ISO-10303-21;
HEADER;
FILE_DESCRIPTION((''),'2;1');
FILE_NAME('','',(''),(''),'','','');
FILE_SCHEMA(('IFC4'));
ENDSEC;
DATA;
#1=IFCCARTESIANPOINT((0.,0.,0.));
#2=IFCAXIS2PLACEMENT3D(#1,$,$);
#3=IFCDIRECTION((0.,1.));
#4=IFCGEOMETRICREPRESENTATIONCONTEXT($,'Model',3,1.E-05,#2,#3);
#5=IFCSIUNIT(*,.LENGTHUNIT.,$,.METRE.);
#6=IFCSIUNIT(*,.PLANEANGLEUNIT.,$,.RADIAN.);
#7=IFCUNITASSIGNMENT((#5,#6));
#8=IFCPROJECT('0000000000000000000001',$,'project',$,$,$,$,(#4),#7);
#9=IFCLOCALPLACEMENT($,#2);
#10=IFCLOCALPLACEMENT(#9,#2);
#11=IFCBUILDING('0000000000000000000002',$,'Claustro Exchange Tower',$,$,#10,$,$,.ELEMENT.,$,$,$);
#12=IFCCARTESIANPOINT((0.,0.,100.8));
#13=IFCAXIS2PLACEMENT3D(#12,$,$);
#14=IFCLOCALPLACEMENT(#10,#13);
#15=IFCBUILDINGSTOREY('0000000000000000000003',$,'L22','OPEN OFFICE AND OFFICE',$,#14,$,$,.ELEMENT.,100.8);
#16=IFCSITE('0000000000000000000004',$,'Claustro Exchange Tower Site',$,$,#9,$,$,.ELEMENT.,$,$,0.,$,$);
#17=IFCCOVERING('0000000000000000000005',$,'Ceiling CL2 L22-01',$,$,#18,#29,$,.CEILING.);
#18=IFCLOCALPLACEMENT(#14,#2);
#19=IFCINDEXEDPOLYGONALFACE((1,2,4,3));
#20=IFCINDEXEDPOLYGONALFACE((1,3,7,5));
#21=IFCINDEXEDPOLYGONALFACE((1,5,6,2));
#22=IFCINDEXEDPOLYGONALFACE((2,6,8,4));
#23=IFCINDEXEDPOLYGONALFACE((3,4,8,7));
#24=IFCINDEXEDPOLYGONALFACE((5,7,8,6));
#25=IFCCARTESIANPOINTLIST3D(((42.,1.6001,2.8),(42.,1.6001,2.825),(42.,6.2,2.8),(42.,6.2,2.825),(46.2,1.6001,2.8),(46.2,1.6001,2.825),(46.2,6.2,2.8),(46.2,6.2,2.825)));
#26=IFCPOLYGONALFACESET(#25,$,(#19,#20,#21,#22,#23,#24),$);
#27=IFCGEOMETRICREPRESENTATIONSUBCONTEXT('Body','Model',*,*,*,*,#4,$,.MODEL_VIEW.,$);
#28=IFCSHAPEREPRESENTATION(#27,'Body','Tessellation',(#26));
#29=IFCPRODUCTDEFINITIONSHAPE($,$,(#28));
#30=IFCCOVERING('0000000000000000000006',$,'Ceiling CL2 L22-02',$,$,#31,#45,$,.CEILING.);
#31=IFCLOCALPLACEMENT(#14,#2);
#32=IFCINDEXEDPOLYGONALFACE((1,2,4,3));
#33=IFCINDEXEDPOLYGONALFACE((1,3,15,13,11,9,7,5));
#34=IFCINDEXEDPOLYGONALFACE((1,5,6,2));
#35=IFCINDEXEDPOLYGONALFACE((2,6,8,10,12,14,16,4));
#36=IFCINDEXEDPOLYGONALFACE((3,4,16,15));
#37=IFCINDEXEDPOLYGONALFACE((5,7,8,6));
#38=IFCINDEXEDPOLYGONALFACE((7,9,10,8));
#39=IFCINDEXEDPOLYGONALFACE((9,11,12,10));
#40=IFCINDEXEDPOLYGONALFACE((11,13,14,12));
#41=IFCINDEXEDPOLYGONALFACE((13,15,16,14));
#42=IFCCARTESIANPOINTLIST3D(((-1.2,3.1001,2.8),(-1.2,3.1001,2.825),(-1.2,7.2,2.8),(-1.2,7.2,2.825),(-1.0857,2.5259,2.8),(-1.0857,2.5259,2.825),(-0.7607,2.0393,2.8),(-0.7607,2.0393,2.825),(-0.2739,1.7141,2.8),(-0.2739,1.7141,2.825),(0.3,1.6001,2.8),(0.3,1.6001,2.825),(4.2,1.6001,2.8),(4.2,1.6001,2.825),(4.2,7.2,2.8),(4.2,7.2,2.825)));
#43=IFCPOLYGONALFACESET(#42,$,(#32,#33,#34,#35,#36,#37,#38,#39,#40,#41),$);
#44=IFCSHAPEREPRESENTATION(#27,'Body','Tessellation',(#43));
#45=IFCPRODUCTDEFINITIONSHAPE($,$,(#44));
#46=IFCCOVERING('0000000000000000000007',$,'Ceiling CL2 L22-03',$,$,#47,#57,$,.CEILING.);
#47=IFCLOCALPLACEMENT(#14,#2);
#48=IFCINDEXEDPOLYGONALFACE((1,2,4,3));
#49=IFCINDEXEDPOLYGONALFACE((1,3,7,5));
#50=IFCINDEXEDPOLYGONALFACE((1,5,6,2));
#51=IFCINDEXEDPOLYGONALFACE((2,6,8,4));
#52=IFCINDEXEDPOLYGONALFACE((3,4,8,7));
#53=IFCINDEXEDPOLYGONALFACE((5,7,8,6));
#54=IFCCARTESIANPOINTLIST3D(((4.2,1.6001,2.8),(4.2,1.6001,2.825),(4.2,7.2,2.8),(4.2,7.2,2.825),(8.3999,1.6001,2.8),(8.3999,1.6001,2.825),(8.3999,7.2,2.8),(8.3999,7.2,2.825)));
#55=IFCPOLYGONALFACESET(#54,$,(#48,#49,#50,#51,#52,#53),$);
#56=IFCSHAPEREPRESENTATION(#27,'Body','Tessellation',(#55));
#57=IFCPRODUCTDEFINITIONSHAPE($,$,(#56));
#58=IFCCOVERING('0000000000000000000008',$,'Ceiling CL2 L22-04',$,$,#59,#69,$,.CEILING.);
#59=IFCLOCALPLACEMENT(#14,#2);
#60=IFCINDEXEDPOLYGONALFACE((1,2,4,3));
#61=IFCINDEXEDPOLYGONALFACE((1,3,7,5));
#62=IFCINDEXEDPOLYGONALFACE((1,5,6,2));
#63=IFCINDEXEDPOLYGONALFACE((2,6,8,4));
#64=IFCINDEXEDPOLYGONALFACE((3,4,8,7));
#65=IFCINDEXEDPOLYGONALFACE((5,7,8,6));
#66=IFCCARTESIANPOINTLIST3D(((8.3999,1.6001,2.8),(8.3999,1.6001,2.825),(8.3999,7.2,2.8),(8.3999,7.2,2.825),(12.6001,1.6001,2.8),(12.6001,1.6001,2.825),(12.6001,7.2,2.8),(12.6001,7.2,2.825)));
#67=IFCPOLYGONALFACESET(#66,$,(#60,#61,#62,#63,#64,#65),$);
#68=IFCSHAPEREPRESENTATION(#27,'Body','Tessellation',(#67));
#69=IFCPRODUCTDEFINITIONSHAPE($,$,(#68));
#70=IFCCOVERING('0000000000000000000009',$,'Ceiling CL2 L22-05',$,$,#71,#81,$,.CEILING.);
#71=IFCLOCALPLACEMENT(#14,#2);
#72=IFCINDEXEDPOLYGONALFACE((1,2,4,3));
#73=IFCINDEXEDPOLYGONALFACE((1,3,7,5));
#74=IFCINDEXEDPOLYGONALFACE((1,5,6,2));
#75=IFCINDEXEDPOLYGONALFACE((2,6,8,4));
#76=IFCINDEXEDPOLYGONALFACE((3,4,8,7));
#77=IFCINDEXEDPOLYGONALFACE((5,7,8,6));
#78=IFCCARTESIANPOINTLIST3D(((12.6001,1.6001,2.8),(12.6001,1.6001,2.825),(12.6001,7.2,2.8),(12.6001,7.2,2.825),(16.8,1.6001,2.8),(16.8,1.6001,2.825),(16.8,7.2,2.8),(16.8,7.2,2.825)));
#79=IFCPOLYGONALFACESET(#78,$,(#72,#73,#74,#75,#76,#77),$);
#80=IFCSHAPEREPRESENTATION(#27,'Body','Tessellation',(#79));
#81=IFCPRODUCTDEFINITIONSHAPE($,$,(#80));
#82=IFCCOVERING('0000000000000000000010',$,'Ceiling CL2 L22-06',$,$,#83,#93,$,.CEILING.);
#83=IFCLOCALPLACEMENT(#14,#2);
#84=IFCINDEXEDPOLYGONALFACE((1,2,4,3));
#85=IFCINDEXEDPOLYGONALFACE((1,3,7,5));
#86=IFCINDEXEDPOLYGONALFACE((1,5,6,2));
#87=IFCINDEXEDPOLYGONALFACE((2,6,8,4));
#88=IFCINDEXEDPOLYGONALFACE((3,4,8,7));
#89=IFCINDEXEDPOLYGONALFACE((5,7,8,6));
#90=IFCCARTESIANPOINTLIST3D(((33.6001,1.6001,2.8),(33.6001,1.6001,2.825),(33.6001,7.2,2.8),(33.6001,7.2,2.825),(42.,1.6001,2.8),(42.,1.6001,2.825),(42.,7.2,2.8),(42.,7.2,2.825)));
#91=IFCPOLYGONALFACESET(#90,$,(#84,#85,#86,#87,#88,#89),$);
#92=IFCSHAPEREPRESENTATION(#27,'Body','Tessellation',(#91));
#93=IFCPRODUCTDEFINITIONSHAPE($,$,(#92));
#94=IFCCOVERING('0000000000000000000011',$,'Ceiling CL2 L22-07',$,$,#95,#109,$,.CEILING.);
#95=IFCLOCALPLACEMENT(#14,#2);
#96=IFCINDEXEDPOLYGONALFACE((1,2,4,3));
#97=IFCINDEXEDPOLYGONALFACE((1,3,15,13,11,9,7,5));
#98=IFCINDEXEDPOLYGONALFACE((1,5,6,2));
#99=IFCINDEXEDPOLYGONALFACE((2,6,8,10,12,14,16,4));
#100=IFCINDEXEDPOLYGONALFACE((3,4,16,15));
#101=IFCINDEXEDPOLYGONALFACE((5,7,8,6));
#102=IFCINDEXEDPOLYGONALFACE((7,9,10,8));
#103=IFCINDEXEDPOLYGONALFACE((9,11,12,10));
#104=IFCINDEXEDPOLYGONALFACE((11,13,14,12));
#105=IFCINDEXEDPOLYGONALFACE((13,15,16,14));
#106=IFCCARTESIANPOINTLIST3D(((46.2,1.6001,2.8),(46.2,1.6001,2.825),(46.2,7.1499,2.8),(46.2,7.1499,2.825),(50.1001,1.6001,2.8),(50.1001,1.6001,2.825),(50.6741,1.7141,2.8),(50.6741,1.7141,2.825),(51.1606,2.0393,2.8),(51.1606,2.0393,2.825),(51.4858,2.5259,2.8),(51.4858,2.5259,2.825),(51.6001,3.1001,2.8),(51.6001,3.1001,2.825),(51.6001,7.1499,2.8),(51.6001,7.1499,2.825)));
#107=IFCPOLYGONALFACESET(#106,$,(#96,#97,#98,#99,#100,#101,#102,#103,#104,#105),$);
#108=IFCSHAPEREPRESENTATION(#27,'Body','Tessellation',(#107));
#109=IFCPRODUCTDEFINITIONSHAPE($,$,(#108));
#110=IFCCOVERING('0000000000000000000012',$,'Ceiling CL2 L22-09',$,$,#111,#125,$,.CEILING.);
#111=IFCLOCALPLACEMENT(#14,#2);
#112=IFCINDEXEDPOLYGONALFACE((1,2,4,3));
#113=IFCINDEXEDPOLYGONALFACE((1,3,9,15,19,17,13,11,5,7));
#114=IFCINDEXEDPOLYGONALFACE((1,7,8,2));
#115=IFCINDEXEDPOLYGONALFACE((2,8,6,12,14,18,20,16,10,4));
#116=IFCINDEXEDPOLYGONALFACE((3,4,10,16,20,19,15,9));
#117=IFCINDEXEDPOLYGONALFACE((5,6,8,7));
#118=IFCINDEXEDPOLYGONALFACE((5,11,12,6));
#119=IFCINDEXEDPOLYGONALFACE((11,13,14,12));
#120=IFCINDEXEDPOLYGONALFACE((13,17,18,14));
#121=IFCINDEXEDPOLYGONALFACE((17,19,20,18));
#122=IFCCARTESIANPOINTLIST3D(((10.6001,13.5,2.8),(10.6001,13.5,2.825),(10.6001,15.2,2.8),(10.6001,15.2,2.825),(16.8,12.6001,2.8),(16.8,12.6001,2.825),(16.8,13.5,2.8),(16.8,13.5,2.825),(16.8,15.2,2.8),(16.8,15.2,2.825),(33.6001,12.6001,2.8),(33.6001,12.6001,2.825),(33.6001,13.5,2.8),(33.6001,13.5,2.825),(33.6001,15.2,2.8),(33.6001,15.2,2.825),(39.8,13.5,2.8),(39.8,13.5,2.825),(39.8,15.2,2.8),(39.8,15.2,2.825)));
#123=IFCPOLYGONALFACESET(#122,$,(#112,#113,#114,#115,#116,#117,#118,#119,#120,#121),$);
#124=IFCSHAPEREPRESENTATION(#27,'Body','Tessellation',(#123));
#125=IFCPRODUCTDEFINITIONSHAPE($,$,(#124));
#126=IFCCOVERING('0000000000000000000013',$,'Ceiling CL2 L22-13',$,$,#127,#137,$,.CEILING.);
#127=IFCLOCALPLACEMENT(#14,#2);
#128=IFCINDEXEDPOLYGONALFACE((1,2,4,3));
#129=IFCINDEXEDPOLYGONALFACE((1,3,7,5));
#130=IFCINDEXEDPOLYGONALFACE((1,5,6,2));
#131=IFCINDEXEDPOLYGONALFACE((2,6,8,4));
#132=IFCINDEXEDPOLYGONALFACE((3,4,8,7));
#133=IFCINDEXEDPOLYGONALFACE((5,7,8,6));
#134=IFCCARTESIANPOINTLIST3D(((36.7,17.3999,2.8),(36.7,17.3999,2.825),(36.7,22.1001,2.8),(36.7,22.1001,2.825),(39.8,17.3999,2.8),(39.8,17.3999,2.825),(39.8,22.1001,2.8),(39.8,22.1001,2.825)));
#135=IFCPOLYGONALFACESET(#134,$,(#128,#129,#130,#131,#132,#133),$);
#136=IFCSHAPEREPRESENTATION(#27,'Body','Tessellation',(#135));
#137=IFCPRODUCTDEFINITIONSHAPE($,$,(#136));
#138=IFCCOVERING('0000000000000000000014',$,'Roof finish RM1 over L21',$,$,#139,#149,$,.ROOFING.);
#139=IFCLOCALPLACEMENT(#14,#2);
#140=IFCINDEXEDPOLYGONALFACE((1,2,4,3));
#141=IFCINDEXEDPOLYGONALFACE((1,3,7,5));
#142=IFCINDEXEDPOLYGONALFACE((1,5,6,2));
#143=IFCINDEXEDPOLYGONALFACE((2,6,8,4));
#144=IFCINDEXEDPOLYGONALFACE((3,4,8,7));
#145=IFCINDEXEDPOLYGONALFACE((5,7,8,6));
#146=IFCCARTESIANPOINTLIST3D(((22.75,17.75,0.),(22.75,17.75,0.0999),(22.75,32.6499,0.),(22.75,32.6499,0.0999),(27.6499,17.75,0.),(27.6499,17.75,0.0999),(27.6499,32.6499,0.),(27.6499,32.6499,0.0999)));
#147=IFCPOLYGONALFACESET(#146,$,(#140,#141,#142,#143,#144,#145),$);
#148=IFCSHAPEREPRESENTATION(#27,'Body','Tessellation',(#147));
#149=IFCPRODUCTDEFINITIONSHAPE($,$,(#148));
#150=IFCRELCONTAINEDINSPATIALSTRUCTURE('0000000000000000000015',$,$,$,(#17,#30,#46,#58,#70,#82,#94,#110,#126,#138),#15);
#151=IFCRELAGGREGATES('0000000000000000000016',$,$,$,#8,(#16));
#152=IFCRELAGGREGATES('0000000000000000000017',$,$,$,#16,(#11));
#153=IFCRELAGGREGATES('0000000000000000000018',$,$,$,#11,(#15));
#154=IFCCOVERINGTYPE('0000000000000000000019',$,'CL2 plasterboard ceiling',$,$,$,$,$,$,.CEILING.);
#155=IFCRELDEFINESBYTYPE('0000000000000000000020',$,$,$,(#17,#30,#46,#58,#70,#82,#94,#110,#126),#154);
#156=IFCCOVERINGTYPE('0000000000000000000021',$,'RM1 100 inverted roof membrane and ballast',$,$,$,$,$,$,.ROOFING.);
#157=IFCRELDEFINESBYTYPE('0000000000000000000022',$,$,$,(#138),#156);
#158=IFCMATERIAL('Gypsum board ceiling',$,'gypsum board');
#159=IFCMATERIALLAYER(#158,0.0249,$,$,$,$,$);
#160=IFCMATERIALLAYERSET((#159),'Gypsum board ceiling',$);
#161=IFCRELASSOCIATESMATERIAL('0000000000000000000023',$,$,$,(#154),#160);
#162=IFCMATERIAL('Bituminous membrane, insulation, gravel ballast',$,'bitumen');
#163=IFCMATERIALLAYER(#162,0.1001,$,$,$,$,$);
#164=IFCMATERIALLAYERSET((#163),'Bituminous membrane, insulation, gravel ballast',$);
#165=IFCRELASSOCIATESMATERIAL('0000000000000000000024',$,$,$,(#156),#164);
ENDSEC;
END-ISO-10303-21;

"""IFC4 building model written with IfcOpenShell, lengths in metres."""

from ifc_helpers import new_model, si_unit, direction, frame, origin, place, context, subcontext, project, spatial, polyline, outline, extrude, material, layer, layer_set, type_object, element, save


model = new_model("IFC4")

# Units and contexts
model_context = context("Model", 3, precision=1e-05, world=origin(), true_north=direction((0.0, 1.0)))
body_context = subcontext(model_context, "Body", "Model", "MODEL_VIEW")
ifc_project = project(units=[si_unit("LENGTHUNIT", "METRE"), si_unit("PLANEANGLEUNIT", "RADIAN")], contexts=[model_context])

# Site, building, storey
site_placement = place(None, origin())
site = spatial("IfcSite", under=ifc_project, at=site_placement, Name="Claustro Exchange Tower Site", CompositionType="ELEMENT", RefElevation=0.0)
building_placement = place(site_placement, origin())
building = spatial("IfcBuilding", under=site, at=building_placement, Name="Claustro Exchange Tower", CompositionType="ELEMENT")
storey_placement = place(building_placement, frame((0.0, 0.0, 100.8)))
storey = spatial("IfcBuildingStorey", under=building, at=storey_placement, Name="L22", Description="OPEN OFFICE AND OFFICE", CompositionType="ELEMENT", Elevation=100.8)

# Coverings
ifc_material_1 = material(Name="Gypsum board ceiling", Category="gypsum board")
ifc_layer_1 = layer(ifc_material_1, 0.0249)
ifc_layer_set_1 = layer_set([ifc_layer_1], Name="Gypsum board ceiling")
covering_type_1 = type_object("IfcCoveringType", Name="CL2 plasterboard ceiling", PredefinedType="CEILING", material=ifc_layer_set_1)
covering_1_placement = place(storey_placement, frame((0.0, 0.0, 2.8)))
element("IfcCovering", 1, at=covering_1_placement, inside=storey, type_object=covering_type_1, Name="Ceiling CL2 L22-01", PredefinedType="CEILING", context=body_context, shape_type="SweptSolid", body=[
    extrude(outline(polyline([(42.0, 1.6001), (46.2, 1.6001), (46.2, 6.2), (42.0, 6.2), (42.0, 1.6001)])), origin(), (0.0, 0.0, 1.0), 0.0249),
])
covering_2_placement = place(storey_placement, frame((0.0, 0.0, 2.8)))
element("IfcCovering", 2, at=covering_2_placement, inside=storey, type_object=covering_type_1, Name="Ceiling CL2 L22-02", PredefinedType="CEILING", context=body_context, shape_type="SweptSolid", body=[
    extrude(outline(polyline([(-1.0857, 2.5259), (-0.7607, 2.0393), (-0.2739, 1.7141), (0.3, 1.6001), (4.2, 1.6001), (4.2, 7.2), (-1.2, 7.2), (-1.2, 3.1001), (-1.0857, 2.5259)])), origin(), (0.0, 0.0, 1.0), 0.0249),
])
covering_3_placement = place(storey_placement, frame((0.0, 0.0, 2.8)))
element("IfcCovering", 3, at=covering_3_placement, inside=storey, type_object=covering_type_1, Name="Ceiling CL2 L22-03", PredefinedType="CEILING", context=body_context, shape_type="SweptSolid", body=[
    extrude(outline(polyline([(4.2, 1.6001), (8.3999, 1.6001), (8.3999, 7.2), (4.2, 7.2), (4.2, 1.6001)])), origin(), (0.0, 0.0, 1.0), 0.0249),
])
covering_4_placement = place(storey_placement, frame((0.0, 0.0, 2.8)))
element("IfcCovering", 4, at=covering_4_placement, inside=storey, type_object=covering_type_1, Name="Ceiling CL2 L22-04", PredefinedType="CEILING", context=body_context, shape_type="SweptSolid", body=[
    extrude(outline(polyline([(8.3999, 1.6001), (12.6001, 1.6001), (12.6001, 7.2), (8.3999, 7.2), (8.3999, 1.6001)])), origin(), (0.0, 0.0, 1.0), 0.0249),
])
covering_5_placement = place(storey_placement, frame((0.0, 0.0, 2.8)))
element("IfcCovering", 5, at=covering_5_placement, inside=storey, type_object=covering_type_1, Name="Ceiling CL2 L22-05", PredefinedType="CEILING", context=body_context, shape_type="SweptSolid", body=[
    extrude(outline(polyline([(12.6001, 1.6001), (16.8, 1.6001), (16.8, 7.2), (12.6001, 7.2), (12.6001, 1.6001)])), origin(), (0.0, 0.0, 1.0), 0.0249),
])
covering_6_placement = place(storey_placement, frame((0.0, 0.0, 2.8)))
element("IfcCovering", 6, at=covering_6_placement, inside=storey, type_object=covering_type_1, Name="Ceiling CL2 L22-06", PredefinedType="CEILING", context=body_context, shape_type="SweptSolid", body=[
    extrude(outline(polyline([(33.6001, 1.6001), (42.0, 1.6001), (42.0, 7.2), (33.6001, 7.2), (33.6001, 1.6001)])), origin(), (0.0, 0.0, 1.0), 0.0249),
])
covering_7_placement = place(storey_placement, frame((0.0, 0.0, 2.8)))
element("IfcCovering", 7, at=covering_7_placement, inside=storey, type_object=covering_type_1, Name="Ceiling CL2 L22-07", PredefinedType="CEILING", context=body_context, shape_type="SweptSolid", body=[
    extrude(outline(polyline([(51.6001, 3.1001), (51.6001, 7.1499), (46.2, 7.1499), (46.2, 1.6001), (50.1001, 1.6001), (50.6741, 1.7141), (51.1606, 2.0393), (51.4858, 2.5259), (51.6001, 3.1001)])), origin(), (0.0, 0.0, 1.0), 0.0249),
])
covering_8_placement = place(storey_placement, frame((0.0, 0.0, 2.8)))
element("IfcCovering", 8, at=covering_8_placement, inside=storey, type_object=covering_type_1, Name="Ceiling CL2 L22-09", PredefinedType="CEILING", context=body_context, shape_type="SweptSolid", body=[
    extrude(outline(polyline([(10.6001, 15.2), (10.6001, 13.5), (16.8, 13.5), (16.8, 12.6001), (33.6001, 12.6001), (33.6001, 13.5), (39.8, 13.5), (39.8, 15.2), (33.6001, 15.2), (16.8, 15.2), (10.6001, 15.2)])), origin(), (0.0, 0.0, 1.0), 0.0249),
])
covering_9_placement = place(storey_placement, frame((0.0, 0.0, 2.8)))
element("IfcCovering", 9, at=covering_9_placement, inside=storey, type_object=covering_type_1, Name="Ceiling CL2 L22-13", PredefinedType="CEILING", context=body_context, shape_type="SweptSolid", body=[
    extrude(outline(polyline([(39.8, 17.3999), (39.8, 22.1001), (36.7, 22.1001), (36.7, 17.3999), (39.8, 17.3999)])), origin(), (0.0, 0.0, 1.0), 0.0249),
])
ifc_material_2 = material(Name="Bituminous membrane, insulation, gravel ballast", Category="bitumen")
ifc_layer_2 = layer(ifc_material_2, 0.1001)
ifc_layer_set_2 = layer_set([ifc_layer_2], Name="Bituminous membrane, insulation, gravel ballast")
covering_type_2 = type_object("IfcCoveringType", Name="RM1 100 inverted roof membrane and ballast", PredefinedType="ROOFING", material=ifc_layer_set_2)
covering_10_placement = place(storey_placement, origin())
element("IfcCovering", 10, at=covering_10_placement, inside=storey, type_object=covering_type_2, Name="Roof finish RM1 over L21", PredefinedType="ROOFING", context=body_context, shape_type="SweptSolid", body=[
    extrude(outline(polyline([(27.6499, 17.75), (27.6499, 32.6499), (22.75, 32.6499), (22.75, 17.75), (27.6499, 17.75)])), origin(), (0.0, 0.0, 1.0), 0.0999),
])

save(model, "model.ifc")
